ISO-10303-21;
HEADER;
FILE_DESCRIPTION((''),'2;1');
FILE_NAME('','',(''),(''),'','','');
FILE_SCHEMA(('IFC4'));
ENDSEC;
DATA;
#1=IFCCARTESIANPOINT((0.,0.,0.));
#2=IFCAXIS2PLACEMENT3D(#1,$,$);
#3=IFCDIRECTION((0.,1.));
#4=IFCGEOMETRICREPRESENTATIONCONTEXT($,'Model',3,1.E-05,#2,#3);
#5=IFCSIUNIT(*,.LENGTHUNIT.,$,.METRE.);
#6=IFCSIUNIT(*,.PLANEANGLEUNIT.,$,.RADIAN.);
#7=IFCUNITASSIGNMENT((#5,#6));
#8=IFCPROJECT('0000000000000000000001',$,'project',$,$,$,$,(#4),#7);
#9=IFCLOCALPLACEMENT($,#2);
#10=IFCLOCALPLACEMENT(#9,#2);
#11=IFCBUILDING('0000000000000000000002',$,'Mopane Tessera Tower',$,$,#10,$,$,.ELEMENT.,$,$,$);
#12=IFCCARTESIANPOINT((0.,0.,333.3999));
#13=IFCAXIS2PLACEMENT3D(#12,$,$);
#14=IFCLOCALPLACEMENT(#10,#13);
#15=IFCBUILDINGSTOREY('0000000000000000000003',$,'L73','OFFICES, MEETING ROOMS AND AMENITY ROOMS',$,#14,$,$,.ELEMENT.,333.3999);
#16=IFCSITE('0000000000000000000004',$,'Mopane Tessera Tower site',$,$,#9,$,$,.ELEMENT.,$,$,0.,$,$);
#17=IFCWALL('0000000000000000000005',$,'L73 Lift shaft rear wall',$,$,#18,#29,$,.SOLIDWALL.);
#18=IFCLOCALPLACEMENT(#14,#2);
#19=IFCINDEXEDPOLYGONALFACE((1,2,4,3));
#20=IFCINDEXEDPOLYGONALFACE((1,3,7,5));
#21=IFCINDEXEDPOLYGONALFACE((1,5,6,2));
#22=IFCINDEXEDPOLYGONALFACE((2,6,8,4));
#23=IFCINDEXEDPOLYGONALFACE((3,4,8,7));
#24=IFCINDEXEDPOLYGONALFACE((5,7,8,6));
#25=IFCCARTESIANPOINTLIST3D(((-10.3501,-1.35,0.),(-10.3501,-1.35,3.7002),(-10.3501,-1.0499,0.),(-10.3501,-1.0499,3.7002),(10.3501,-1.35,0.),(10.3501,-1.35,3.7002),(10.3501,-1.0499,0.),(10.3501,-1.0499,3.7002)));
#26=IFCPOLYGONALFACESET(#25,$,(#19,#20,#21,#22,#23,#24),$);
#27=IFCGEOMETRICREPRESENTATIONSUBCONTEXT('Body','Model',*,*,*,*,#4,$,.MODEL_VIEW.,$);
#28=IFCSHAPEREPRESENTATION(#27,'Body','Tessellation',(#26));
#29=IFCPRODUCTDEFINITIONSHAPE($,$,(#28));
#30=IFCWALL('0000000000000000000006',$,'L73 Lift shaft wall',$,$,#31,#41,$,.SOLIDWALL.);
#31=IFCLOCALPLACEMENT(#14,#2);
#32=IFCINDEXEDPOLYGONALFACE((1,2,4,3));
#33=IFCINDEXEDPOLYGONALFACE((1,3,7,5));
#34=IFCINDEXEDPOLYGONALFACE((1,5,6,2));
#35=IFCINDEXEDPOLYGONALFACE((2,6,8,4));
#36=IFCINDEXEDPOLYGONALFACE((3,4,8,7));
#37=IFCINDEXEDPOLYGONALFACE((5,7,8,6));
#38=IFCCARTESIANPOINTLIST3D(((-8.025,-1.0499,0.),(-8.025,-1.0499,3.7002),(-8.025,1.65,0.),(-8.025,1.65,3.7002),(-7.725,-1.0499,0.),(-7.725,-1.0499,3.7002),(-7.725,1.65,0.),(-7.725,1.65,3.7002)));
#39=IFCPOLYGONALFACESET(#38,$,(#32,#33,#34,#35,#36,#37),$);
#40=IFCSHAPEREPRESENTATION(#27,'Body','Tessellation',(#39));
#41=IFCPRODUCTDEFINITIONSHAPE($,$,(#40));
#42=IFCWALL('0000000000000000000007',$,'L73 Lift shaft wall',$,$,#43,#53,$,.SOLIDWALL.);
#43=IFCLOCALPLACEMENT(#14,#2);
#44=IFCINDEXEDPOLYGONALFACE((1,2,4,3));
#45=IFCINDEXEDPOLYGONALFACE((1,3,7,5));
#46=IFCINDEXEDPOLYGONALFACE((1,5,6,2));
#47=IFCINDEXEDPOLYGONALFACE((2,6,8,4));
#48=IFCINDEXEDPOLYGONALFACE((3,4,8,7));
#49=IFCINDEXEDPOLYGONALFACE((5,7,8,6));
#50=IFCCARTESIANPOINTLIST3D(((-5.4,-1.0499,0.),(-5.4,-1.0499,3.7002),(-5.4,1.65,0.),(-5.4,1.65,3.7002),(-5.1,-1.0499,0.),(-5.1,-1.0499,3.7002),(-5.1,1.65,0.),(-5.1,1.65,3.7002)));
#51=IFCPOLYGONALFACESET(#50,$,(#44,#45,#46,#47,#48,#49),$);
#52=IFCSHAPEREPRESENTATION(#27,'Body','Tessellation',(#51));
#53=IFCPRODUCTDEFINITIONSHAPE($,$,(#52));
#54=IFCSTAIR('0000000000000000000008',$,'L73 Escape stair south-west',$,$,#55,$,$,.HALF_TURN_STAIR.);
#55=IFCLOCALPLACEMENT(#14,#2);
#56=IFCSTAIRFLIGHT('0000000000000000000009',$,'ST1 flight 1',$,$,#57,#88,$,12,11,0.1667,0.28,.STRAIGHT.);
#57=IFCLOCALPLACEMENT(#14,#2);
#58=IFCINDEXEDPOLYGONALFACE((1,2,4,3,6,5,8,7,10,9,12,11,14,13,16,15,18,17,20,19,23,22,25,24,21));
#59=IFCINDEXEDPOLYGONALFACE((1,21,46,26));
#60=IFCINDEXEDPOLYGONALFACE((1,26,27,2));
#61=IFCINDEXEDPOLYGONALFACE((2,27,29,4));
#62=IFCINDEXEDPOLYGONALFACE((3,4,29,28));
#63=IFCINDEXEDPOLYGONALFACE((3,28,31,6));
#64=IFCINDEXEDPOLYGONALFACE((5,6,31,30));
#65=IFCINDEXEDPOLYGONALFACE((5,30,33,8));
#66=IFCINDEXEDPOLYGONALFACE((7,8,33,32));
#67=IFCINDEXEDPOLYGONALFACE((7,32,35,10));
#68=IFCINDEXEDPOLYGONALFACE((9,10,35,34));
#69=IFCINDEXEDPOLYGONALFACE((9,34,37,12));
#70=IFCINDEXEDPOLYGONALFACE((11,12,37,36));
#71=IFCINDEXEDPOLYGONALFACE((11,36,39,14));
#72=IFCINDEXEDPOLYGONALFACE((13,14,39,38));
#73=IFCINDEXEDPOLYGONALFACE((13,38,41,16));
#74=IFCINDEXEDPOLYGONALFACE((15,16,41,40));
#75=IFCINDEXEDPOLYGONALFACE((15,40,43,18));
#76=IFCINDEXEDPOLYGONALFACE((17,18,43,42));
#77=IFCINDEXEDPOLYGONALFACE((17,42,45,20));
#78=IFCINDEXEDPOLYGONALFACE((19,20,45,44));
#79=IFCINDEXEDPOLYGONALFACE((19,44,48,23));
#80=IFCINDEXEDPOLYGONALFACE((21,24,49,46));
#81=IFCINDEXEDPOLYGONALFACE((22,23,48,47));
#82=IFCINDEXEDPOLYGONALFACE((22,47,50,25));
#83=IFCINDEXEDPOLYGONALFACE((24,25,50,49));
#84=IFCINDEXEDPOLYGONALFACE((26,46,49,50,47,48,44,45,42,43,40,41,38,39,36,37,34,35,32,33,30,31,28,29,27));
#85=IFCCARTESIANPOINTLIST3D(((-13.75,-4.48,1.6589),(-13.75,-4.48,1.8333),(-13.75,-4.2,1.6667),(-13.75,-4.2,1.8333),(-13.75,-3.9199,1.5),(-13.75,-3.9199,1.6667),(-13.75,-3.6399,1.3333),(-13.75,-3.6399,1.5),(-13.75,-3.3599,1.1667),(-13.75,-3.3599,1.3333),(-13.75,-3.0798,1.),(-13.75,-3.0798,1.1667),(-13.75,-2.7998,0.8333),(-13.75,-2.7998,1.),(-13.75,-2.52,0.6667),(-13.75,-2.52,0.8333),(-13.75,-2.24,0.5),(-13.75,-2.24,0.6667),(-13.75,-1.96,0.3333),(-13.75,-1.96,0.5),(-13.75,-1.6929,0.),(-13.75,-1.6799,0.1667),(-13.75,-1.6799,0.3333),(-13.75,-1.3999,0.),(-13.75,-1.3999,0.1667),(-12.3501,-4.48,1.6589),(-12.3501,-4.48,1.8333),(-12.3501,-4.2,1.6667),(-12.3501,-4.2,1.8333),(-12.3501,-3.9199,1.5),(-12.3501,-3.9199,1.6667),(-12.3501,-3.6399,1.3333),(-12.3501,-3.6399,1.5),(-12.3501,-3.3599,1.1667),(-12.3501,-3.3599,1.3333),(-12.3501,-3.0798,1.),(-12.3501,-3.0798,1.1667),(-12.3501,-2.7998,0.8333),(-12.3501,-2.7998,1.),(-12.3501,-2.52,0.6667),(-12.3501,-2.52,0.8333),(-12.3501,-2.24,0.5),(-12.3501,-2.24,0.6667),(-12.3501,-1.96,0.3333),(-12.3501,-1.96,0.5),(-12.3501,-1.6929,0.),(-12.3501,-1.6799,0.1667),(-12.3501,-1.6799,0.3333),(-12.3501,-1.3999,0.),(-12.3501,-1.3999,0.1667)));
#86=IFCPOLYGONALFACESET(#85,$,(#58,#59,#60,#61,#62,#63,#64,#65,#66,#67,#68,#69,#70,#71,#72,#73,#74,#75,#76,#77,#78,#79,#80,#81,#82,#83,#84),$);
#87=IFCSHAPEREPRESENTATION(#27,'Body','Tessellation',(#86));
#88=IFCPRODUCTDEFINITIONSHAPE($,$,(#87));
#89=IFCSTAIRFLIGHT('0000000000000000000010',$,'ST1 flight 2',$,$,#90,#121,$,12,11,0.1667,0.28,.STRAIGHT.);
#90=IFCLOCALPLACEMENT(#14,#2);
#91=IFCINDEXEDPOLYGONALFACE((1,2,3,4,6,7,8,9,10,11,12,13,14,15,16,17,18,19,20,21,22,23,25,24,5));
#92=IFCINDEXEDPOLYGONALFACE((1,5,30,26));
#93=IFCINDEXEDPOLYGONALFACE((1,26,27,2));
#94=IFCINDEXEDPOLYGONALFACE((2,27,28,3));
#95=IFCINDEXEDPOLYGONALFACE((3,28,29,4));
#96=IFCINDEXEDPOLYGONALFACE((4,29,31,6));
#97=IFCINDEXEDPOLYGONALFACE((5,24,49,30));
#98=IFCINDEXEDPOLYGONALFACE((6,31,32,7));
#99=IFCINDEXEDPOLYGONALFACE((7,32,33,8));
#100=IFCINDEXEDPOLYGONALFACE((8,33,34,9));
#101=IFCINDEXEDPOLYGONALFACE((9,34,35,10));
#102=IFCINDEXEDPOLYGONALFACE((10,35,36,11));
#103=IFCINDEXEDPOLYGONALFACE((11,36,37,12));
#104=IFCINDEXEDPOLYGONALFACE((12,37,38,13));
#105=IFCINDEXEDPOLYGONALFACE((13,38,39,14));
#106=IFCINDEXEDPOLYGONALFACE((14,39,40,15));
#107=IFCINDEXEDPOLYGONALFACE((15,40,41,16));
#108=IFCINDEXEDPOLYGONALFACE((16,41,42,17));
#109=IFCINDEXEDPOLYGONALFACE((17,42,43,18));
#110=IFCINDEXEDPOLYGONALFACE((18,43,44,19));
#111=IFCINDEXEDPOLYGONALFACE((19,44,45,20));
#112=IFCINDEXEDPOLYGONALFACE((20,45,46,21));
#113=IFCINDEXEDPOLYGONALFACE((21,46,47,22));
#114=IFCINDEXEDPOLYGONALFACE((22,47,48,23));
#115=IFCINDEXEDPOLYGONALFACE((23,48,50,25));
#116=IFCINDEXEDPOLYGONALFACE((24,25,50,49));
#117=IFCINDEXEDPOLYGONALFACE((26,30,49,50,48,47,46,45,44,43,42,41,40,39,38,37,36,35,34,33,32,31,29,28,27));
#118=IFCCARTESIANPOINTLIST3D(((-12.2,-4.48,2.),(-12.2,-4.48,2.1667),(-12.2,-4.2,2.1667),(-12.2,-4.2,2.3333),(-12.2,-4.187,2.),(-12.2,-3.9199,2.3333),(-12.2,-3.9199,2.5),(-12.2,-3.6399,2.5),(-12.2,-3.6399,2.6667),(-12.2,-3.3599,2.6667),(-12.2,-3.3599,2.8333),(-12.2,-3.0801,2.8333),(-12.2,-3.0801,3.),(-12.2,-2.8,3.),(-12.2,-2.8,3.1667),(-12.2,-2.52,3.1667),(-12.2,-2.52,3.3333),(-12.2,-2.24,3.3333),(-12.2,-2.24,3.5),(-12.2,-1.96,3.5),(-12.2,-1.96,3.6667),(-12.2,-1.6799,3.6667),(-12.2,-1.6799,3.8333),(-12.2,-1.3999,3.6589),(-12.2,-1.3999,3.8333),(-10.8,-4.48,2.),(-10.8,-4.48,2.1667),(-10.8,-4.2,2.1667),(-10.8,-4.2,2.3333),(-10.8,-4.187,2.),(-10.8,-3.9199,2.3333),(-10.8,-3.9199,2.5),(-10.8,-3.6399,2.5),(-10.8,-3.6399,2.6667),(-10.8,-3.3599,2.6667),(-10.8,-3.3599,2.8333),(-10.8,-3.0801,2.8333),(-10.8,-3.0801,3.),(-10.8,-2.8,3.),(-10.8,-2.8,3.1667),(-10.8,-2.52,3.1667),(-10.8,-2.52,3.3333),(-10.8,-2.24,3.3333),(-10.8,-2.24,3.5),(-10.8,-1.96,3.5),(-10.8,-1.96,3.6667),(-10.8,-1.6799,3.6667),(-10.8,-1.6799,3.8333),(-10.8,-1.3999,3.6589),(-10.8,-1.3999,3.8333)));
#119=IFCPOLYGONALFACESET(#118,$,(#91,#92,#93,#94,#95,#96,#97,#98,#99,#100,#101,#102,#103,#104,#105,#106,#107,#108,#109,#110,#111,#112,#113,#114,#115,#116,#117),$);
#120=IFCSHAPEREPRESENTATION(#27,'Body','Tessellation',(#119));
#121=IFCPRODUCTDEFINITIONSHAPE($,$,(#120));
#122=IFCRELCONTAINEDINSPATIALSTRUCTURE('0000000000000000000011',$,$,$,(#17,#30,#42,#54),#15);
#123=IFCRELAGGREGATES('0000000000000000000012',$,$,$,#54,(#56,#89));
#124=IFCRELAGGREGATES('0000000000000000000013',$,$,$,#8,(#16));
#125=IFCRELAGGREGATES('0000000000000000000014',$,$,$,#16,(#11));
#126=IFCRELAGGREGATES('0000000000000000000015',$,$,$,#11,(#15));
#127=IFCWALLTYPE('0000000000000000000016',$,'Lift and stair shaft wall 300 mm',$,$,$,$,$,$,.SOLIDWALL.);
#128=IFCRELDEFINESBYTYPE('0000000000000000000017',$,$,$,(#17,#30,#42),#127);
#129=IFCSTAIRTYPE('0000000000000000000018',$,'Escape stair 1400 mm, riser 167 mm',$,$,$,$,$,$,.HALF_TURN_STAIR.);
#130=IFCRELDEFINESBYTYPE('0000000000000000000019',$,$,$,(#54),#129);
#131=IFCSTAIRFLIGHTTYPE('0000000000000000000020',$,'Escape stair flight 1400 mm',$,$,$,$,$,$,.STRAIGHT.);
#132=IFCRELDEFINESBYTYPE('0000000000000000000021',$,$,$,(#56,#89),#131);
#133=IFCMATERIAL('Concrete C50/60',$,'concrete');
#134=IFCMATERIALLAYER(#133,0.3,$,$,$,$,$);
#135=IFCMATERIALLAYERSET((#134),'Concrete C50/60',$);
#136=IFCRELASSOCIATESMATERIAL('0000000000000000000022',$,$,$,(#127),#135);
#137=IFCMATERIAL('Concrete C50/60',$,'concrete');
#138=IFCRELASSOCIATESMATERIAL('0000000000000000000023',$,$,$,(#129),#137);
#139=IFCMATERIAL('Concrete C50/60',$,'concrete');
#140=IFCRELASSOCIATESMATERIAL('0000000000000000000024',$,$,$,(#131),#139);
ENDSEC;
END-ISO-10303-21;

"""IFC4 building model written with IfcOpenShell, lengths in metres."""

from ifc_helpers import new_model, si_unit, direction, frame, frame_2d, origin, place, context, subcontext, project, spatial, polyline, rectangle, outline, extrude, material, layer, layer_set, type_object, element, aggregate, save


model = new_model("IFC4")

# Units and contexts
model_context = context("Model", 3, precision=1e-05, world=origin(), true_north=direction((0.0, 1.0)))
body_context = subcontext(model_context, "Body", "Model", "MODEL_VIEW")
ifc_project = project(units=[si_unit("LENGTHUNIT", "METRE"), si_unit("PLANEANGLEUNIT", "RADIAN")], contexts=[model_context])

# Site, building, storey
site_placement = place(None, origin())
site = spatial("IfcSite", under=ifc_project, at=site_placement, Name="Mopane Tessera Tower site", CompositionType="ELEMENT", RefElevation=0.0)
building_placement = place(site_placement, origin())
building = spatial("IfcBuilding", under=site, at=building_placement, Name="Mopane Tessera Tower", CompositionType="ELEMENT")
storey_placement = place(building_placement, frame((0.0, 0.0, 333.3999)))
storey = spatial("IfcBuildingStorey", under=building, at=storey_placement, Name="L73", Description="OFFICES, MEETING ROOMS AND AMENITY ROOMS", CompositionType="ELEMENT", Elevation=333.3999)

# Walls
ifc_material_1 = material(Name="Concrete C50/60", Category="concrete")
ifc_layer_1 = layer(ifc_material_1, 0.3)
ifc_layer_set_1 = layer_set([ifc_layer_1], Name="Concrete C50/60")
wall_type_1 = type_object("IfcWallType", Name="Lift and stair shaft wall 300 mm", PredefinedType="SOLIDWALL", material=ifc_layer_set_1)
wall_1_placement = place(storey_placement, frame((-10.3501, -1.2, 0.0), z_axis=(0.0, 0.0, 1.0), x_axis=(1.0, 0.0, 0.0)))
element("IfcWall", 1, at=wall_1_placement, inside=storey, type_object=wall_type_1, Name="L73 Lift shaft rear wall", PredefinedType="SOLIDWALL", context=body_context, shape_type="SweptSolid", body=[
    extrude(rectangle(XDim=20.7002, YDim=0.3, at=frame_2d((10.3501, 0.0))), origin(), (0.0, 0.0, 1.0), 3.7002),
])
for number, where, z_axis, x_axis, name in (
    (2, (-7.875, -1.05, 0.0), (0.0, 0.0, 1.0), (0.0, 1.0, 0.0), "L73 Lift shaft wall"),
    (3, (-5.25, -1.05, 0.0), (0.0, 0.0, 1.0), (0.0, 1.0, 0.0), "L73 Lift shaft wall"),
):
    element("IfcWall", number, at=place(storey_placement, frame(where, z_axis=z_axis, x_axis=x_axis)), inside=storey, type_object=wall_type_1, Name=name, PredefinedType="SOLIDWALL", context=body_context, shape_type="SweptSolid", body=[
        extrude(rectangle(XDim=2.7, YDim=0.3, at=frame_2d((1.3501, 0.0))), origin(), (0.0, 0.0, 1.0), 3.7002),
    ])

# Stair, stair flights
ifc_material_2 = material(Name="Concrete C50/60", Category="concrete")
stair_type = type_object("IfcStairType", Name="Escape stair 1400 mm, riser 167 mm", PredefinedType="HALF_TURN_STAIR", material=ifc_material_2)
stair_placement = place(storey_placement, origin())
stair = element("IfcStair", 4, at=stair_placement, inside=storey, type_object=stair_type, Name="L73 Escape stair south-west", PredefinedType="HALF_TURN_STAIR")
ifc_material_3 = material(Name="Concrete C50/60", Category="concrete")
stair_flight_type = type_object("IfcStairFlightType", Name="Escape stair flight 1400 mm", PredefinedType="STRAIGHT", material=ifc_material_3)
stair_flight_1_placement = place(storey_placement, frame((-13.05, -1.3999, 0.0), z_axis=(0.0, 0.0, 1.0), x_axis=(0.0, -1.0, 0.0)))
stair_flight_1 = element("IfcStairFlight", 5, at=stair_flight_1_placement, type_object=stair_flight_type, Name="ST1 flight 1", NumberOfRisers=12, NumberOfTreads=11, PredefinedType="STRAIGHT", RiserHeight=0.1667, TreadLength=0.28, context=body_context, shape_type="SweptSolid", body=[
    extrude(outline(polyline([(0.0, 0.0), (0.0, 0.1667), (0.28, 0.1667), (0.28, 0.3333), (0.5601, 0.3333), (0.5601, 0.5), (0.8401, 0.5), (0.8401, 0.6667), (1.1201, 0.6667), (1.1201, 0.8333), (1.3999, 0.8333), (1.3999, 1.0), (1.6799, 1.0), (1.6799, 1.1667), (1.96, 1.1667), (1.96, 1.3333), (2.24, 1.3333), (2.24, 1.5), (2.52, 1.5), (2.52, 1.6667), (2.8, 1.6667), (2.8, 1.8333), (3.0801, 1.8333), (3.0801, 2.0), (3.0801, 1.6589), (0.293, 0.0), (0.0, 0.0)])), frame((0.0, 0.7, 0.0), z_axis=(0.0, -1.0, 0.0), x_axis=(1.0, 0.0, 0.0)), (0.0, 0.0, 1.0), 1.3999),
])
stair_flight_2_placement = place(storey_placement, frame((-11.5, -4.48, 2.0), z_axis=(0.0, 0.0, 1.0), x_axis=(0.0, 1.0, 0.0)))
stair_flight_2 = element("IfcStairFlight", 6, at=stair_flight_2_placement, type_object=stair_flight_type, Name="ST1 flight 2", NumberOfRisers=12, NumberOfTreads=11, PredefinedType="STRAIGHT", RiserHeight=0.1667, TreadLength=0.28, context=body_context, shape_type="SweptSolid", body=[
    extrude(outline(polyline([(0.0, 0.0), (0.0, 0.1667), (0.28, 0.1667), (0.28, 0.3333), (0.5601, 0.3333), (0.5601, 0.5), (0.8401, 0.5), (0.8401, 0.6667), (1.1201, 0.6667), (1.1201, 0.8333), (1.3999, 0.8333), (1.3999, 1.0), (1.6799, 1.0), (1.6799, 1.1667), (1.96, 1.1667), (1.96, 1.3333), (2.24, 1.3333), (2.24, 1.5), (2.52, 1.5), (2.52, 1.6667), (2.8, 1.6667), (2.8, 1.8333), (3.0801, 1.8333), (3.0801, 2.0), (3.0801, 1.6589), (0.293, 0.0), (0.0, 0.0)])), frame((0.0, 0.7, 0.0), z_axis=(0.0, -1.0, 0.0), x_axis=(1.0, 0.0, 0.0)), (0.0, 0.0, 1.0), 1.3999),
])
aggregate(stair, [stair_flight_1, stair_flight_2])

save(model, "model.ifc")
